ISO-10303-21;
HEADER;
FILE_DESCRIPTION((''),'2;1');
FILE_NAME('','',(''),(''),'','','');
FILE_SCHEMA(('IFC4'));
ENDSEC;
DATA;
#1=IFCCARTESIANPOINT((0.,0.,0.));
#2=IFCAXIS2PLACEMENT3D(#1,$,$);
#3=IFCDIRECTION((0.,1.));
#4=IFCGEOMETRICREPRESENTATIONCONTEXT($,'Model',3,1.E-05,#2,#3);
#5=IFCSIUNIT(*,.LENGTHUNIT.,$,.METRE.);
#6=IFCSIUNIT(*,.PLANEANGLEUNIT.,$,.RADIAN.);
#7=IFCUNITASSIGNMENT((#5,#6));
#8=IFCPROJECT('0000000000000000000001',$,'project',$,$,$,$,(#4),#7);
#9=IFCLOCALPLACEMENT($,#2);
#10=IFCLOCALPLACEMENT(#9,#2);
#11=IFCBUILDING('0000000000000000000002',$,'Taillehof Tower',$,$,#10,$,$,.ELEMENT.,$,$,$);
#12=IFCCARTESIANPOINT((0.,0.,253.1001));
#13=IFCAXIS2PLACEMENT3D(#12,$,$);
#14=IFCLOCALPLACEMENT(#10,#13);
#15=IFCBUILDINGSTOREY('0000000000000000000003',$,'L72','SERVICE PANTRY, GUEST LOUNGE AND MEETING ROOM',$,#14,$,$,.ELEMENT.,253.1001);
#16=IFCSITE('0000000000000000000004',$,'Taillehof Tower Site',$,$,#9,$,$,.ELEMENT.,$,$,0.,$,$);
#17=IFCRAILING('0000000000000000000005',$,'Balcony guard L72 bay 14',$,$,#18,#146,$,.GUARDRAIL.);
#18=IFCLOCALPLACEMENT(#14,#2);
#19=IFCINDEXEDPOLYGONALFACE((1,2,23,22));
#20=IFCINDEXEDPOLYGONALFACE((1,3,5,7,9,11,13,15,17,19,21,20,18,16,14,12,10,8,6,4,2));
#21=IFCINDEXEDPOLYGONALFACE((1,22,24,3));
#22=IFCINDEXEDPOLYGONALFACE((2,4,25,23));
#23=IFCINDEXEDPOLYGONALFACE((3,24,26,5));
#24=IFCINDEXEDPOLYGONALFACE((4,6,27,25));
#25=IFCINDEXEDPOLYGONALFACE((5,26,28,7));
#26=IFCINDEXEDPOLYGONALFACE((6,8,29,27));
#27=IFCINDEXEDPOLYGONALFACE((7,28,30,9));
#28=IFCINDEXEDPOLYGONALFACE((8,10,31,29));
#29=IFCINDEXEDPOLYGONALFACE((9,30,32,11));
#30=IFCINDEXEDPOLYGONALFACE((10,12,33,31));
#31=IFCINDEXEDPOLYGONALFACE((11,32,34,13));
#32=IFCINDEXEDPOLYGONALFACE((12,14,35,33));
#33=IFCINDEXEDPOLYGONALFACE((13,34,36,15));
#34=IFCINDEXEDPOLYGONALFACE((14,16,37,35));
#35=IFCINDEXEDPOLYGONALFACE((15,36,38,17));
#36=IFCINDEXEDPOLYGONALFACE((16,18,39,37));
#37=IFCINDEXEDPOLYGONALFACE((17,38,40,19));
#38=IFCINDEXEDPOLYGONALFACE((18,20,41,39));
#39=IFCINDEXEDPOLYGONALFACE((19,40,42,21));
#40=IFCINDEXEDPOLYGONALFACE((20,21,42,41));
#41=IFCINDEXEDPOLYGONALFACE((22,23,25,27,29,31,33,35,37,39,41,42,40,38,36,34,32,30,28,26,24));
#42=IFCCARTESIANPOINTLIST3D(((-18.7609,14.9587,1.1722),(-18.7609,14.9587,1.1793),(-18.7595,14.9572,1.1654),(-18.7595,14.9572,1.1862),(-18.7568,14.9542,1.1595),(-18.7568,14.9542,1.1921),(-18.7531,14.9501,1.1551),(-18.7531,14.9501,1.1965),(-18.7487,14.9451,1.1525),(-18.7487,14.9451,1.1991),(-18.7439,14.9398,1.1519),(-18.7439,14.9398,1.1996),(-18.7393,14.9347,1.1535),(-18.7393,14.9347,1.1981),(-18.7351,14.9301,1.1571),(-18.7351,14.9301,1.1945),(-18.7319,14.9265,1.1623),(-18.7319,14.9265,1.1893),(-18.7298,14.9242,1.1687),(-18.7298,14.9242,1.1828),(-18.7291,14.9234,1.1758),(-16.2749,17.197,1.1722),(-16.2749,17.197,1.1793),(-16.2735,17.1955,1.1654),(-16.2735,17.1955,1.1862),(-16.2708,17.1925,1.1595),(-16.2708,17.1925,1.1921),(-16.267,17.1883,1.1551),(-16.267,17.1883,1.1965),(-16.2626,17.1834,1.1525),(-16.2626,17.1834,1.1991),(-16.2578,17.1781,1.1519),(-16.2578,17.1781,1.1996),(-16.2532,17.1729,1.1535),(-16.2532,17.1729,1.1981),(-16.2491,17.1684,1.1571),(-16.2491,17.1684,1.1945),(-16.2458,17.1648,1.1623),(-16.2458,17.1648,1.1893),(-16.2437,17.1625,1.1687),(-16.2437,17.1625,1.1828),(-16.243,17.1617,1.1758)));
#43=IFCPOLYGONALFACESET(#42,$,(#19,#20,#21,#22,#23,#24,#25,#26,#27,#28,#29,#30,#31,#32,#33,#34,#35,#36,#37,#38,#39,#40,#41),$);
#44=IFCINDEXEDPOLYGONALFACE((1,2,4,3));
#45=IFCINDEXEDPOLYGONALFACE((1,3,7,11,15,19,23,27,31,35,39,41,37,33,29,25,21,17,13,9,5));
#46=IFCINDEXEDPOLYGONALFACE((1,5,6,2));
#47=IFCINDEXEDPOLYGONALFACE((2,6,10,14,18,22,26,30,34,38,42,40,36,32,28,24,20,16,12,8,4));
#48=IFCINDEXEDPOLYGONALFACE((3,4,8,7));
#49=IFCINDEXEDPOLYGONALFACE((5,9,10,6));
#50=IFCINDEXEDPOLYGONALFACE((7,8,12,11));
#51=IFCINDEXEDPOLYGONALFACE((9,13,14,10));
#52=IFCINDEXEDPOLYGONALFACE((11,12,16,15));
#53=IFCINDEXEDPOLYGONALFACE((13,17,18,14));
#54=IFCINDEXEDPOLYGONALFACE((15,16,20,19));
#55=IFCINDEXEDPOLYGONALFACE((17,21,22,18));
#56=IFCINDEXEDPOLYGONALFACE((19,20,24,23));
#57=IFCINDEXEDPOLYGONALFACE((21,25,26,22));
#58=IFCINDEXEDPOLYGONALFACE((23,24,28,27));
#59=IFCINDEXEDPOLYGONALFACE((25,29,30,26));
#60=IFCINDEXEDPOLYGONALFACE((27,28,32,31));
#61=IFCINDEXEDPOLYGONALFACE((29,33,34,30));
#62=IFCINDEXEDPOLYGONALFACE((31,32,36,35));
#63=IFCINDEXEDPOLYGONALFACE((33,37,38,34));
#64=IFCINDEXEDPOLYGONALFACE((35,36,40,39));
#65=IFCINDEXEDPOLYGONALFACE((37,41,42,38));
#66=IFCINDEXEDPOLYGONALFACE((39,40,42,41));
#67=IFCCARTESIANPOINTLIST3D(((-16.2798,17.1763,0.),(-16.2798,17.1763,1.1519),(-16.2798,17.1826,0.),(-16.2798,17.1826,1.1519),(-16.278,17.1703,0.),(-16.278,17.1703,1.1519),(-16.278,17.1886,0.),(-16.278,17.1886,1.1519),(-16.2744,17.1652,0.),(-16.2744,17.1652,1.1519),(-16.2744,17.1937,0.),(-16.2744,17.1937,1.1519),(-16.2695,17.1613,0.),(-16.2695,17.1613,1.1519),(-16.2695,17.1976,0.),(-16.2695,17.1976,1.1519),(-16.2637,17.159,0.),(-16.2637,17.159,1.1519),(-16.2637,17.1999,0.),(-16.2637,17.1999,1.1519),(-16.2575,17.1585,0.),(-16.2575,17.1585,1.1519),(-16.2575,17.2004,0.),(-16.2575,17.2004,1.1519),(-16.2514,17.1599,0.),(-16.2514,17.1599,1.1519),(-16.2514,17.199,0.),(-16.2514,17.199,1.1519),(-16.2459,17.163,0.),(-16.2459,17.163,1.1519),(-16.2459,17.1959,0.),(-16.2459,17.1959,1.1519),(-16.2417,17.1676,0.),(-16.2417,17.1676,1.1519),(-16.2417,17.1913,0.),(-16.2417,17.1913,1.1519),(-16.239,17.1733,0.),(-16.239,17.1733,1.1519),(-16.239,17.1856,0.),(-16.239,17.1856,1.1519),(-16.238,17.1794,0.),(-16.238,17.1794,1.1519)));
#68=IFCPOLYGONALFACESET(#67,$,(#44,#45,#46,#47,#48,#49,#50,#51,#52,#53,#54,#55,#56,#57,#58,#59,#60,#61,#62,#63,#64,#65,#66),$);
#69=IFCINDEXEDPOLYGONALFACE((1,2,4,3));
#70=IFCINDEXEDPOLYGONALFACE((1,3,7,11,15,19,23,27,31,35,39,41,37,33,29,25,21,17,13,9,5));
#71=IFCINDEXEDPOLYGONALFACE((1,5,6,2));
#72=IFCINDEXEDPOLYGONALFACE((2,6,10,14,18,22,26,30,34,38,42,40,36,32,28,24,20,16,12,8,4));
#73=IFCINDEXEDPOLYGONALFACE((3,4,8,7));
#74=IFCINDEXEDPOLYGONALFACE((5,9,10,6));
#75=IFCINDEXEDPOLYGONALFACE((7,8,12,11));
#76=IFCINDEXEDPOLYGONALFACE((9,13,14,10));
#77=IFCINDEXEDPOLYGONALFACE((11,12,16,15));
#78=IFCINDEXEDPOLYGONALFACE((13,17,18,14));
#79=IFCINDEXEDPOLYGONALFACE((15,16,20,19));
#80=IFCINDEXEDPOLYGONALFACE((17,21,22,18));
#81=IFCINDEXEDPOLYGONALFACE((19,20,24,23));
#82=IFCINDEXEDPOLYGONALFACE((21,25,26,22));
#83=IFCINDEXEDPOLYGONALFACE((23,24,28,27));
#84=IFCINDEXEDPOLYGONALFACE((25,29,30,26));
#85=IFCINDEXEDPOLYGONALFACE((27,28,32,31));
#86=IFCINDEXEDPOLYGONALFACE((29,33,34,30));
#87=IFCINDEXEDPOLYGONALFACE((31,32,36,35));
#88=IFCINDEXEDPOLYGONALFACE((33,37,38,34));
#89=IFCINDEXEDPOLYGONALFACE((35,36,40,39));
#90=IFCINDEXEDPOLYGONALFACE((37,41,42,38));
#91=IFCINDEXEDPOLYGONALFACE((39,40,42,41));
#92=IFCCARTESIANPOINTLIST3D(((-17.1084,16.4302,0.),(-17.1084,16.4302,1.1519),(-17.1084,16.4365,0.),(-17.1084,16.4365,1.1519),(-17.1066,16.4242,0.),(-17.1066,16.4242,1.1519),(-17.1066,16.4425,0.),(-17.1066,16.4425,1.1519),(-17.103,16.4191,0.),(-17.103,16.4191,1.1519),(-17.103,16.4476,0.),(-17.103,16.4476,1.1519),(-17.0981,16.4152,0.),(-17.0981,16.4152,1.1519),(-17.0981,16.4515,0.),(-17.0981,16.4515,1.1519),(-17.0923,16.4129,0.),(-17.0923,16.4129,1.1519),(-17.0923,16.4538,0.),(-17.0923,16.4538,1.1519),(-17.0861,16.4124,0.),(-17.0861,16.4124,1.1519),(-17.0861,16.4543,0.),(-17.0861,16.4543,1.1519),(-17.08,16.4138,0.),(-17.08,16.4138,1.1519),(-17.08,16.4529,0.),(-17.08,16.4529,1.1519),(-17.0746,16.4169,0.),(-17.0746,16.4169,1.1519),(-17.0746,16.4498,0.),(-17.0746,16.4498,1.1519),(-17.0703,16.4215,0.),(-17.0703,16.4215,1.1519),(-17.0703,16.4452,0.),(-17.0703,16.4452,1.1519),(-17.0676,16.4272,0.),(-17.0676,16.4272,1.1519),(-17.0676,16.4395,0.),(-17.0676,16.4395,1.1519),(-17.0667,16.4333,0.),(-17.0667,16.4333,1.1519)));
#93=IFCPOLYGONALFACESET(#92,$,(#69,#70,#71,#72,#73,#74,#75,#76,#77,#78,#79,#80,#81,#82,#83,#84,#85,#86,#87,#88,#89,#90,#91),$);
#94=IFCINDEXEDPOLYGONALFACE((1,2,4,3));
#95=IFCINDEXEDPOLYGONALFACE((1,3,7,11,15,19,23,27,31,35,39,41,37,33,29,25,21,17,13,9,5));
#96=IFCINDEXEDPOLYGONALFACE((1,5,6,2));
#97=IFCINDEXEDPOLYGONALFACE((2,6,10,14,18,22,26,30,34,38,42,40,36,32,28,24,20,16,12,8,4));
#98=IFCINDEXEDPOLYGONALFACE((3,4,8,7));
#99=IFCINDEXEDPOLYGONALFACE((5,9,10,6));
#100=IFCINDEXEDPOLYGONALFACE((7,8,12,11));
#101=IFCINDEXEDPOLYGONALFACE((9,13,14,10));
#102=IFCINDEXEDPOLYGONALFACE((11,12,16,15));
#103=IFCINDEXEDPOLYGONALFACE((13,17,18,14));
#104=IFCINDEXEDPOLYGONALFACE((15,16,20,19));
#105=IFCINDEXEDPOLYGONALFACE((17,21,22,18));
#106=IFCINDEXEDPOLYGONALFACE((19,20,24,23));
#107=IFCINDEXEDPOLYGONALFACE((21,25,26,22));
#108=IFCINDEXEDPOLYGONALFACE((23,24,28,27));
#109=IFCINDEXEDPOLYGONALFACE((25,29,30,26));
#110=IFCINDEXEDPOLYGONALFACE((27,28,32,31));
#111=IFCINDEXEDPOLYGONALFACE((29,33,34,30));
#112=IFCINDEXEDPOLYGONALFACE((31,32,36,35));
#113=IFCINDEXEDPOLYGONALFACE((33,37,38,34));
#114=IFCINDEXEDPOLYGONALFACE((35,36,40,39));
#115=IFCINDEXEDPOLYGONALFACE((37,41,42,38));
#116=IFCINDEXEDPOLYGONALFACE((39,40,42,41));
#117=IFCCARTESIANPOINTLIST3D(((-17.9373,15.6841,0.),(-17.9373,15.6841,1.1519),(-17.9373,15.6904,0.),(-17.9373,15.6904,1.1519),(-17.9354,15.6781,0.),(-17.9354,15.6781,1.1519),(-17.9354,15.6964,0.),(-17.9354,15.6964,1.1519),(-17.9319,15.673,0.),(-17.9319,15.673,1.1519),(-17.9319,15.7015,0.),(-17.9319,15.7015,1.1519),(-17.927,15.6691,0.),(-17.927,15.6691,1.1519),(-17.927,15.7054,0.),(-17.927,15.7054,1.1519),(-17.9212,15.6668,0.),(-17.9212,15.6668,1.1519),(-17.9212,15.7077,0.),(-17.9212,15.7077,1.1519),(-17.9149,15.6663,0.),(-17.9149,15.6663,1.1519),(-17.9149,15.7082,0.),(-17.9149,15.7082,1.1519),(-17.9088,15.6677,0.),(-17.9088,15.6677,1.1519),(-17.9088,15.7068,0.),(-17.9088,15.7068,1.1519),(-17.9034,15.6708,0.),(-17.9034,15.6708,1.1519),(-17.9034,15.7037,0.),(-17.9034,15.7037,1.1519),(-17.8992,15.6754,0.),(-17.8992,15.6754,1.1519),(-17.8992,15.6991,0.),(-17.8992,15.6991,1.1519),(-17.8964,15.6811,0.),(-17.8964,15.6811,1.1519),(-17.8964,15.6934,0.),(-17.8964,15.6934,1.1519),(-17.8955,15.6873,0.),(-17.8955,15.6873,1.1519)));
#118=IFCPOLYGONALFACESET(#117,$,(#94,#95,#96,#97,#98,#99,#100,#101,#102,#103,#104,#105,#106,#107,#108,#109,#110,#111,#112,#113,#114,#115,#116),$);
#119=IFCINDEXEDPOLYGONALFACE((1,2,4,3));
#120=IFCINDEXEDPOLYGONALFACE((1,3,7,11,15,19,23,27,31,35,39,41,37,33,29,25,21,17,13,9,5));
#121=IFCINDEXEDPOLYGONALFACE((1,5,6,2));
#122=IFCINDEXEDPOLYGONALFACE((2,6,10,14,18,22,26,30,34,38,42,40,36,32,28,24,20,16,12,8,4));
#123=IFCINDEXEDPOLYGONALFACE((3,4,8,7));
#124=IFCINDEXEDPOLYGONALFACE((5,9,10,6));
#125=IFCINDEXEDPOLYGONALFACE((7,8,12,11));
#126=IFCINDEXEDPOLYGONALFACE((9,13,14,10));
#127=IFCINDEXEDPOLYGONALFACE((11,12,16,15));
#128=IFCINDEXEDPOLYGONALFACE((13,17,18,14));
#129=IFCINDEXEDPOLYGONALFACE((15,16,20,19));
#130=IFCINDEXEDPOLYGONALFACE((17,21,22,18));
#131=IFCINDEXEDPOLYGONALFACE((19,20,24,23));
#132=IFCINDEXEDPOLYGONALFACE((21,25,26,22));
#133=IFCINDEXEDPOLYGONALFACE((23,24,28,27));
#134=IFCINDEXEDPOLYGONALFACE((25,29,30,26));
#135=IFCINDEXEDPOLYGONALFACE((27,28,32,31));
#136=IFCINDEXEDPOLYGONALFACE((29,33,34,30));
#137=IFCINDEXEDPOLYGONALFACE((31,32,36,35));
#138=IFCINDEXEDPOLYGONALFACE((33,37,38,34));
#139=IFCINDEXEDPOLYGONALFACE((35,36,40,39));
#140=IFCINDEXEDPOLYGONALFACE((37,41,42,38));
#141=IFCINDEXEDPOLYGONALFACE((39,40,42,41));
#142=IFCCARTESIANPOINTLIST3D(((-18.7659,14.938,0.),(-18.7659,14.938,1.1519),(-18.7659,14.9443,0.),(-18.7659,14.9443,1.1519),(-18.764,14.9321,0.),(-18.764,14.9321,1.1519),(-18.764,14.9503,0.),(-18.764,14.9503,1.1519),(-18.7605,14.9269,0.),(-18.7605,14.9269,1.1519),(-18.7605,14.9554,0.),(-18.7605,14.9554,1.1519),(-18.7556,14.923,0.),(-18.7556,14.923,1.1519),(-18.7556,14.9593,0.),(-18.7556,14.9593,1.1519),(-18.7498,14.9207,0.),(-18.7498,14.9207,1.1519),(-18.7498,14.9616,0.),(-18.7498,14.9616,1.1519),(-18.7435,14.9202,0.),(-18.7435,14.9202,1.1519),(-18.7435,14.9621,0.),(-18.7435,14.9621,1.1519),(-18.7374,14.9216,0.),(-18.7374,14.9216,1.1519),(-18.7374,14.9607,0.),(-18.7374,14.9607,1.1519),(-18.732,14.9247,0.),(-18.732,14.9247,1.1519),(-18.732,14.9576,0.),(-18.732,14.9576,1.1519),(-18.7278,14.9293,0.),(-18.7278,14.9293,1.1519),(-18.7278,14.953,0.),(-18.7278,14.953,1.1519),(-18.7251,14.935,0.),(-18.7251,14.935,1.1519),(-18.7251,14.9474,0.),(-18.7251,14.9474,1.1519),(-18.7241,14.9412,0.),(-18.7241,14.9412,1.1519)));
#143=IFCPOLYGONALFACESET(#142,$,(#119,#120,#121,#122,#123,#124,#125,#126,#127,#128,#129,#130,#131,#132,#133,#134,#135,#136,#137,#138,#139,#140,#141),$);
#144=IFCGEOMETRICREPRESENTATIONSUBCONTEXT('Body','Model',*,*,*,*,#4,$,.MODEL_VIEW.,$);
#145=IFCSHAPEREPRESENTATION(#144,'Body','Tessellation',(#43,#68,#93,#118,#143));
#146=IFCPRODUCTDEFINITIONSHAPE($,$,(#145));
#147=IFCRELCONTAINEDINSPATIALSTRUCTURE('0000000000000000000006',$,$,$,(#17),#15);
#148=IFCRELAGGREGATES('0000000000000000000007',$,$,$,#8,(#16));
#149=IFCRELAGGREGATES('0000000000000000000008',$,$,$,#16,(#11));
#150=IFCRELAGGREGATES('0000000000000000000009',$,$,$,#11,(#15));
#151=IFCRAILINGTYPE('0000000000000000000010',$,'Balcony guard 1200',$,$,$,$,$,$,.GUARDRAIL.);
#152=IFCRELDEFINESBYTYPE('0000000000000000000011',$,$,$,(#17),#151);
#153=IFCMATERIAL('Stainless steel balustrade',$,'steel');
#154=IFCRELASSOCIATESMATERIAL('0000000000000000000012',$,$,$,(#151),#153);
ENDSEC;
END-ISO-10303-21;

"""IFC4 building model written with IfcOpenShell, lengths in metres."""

from ifc_helpers import new_model, si_unit, direction, frame, origin, origin_2d, place, context, subcontext, project, spatial, circle, extrude, material, type_object, element, save


model = new_model("IFC4")

# Units and contexts
model_context = context("Model", 3, precision=1e-05, world=origin(), true_north=direction((0.0, 1.0)))
body_context = subcontext(model_context, "Body", "Model", "MODEL_VIEW")
ifc_project = project(units=[si_unit("LENGTHUNIT", "METRE"), si_unit("PLANEANGLEUNIT", "RADIAN")], contexts=[model_context])

# Site, building, storey
site_placement = place(None, origin())
site = spatial("IfcSite", under=ifc_project, at=site_placement, Name="Taillehof Tower Site", CompositionType="ELEMENT", RefElevation=0.0)
building_placement = place(site_placement, origin())
building = spatial("IfcBuilding", under=site, at=building_placement, Name="Taillehof Tower", CompositionType="ELEMENT")
storey_placement = place(building_placement, frame((0.0, 0.0, 253.1001)))
storey = spatial("IfcBuildingStorey", under=building, at=storey_placement, Name="L72", Description="SERVICE PANTRY, GUEST LOUNGE AND MEETING ROOM", CompositionType="ELEMENT", Elevation=253.1001)

# Railing
ifc_material_1 = material(Name="Stainless steel balustrade", Category="steel")
railing_type_1 = type_object("IfcRailingType", Name="Balcony guard 1200", PredefinedType="GUARDRAIL", material=ifc_material_1)
railing_1_placement = place(storey_placement, frame((-16.259, 17.1794, 0.0)))
element("IfcRailing", 1, at=railing_1_placement, inside=storey, type_object=railing_type_1, Name="Balcony guard L72 bay 14", PredefinedType="GUARDRAIL", context=body_context, shape_type="SweptSolid", body=[
    extrude(circle(Radius=0.0239, at=origin_2d()), frame((0.0, 0.0, 1.1758), z_axis=(-0.743174, -0.669098, 0.0), x_axis=(0.669098, -0.743174, 0.0)), (0.0, 0.0, 1.0), 3.3452),
    extrude(circle(Radius=0.021, at=origin_2d()), origin(), (0.0, 0.0, 1.0), 1.1519),
    extrude(circle(Radius=0.021, at=origin_2d()), frame((-0.8286, -0.7461, 0.0)), (0.0, 0.0, 1.0), 1.1519),
    extrude(circle(Radius=0.021, at=origin_2d()), frame((-1.6575, -1.4922, 0.0)), (0.0, 0.0, 1.0), 1.1519),
    extrude(circle(Radius=0.021, at=origin_2d()), frame((-2.4861, -2.2383, 0.0)), (0.0, 0.0, 1.0), 1.1519),
])

save(model, "model.ifc")
